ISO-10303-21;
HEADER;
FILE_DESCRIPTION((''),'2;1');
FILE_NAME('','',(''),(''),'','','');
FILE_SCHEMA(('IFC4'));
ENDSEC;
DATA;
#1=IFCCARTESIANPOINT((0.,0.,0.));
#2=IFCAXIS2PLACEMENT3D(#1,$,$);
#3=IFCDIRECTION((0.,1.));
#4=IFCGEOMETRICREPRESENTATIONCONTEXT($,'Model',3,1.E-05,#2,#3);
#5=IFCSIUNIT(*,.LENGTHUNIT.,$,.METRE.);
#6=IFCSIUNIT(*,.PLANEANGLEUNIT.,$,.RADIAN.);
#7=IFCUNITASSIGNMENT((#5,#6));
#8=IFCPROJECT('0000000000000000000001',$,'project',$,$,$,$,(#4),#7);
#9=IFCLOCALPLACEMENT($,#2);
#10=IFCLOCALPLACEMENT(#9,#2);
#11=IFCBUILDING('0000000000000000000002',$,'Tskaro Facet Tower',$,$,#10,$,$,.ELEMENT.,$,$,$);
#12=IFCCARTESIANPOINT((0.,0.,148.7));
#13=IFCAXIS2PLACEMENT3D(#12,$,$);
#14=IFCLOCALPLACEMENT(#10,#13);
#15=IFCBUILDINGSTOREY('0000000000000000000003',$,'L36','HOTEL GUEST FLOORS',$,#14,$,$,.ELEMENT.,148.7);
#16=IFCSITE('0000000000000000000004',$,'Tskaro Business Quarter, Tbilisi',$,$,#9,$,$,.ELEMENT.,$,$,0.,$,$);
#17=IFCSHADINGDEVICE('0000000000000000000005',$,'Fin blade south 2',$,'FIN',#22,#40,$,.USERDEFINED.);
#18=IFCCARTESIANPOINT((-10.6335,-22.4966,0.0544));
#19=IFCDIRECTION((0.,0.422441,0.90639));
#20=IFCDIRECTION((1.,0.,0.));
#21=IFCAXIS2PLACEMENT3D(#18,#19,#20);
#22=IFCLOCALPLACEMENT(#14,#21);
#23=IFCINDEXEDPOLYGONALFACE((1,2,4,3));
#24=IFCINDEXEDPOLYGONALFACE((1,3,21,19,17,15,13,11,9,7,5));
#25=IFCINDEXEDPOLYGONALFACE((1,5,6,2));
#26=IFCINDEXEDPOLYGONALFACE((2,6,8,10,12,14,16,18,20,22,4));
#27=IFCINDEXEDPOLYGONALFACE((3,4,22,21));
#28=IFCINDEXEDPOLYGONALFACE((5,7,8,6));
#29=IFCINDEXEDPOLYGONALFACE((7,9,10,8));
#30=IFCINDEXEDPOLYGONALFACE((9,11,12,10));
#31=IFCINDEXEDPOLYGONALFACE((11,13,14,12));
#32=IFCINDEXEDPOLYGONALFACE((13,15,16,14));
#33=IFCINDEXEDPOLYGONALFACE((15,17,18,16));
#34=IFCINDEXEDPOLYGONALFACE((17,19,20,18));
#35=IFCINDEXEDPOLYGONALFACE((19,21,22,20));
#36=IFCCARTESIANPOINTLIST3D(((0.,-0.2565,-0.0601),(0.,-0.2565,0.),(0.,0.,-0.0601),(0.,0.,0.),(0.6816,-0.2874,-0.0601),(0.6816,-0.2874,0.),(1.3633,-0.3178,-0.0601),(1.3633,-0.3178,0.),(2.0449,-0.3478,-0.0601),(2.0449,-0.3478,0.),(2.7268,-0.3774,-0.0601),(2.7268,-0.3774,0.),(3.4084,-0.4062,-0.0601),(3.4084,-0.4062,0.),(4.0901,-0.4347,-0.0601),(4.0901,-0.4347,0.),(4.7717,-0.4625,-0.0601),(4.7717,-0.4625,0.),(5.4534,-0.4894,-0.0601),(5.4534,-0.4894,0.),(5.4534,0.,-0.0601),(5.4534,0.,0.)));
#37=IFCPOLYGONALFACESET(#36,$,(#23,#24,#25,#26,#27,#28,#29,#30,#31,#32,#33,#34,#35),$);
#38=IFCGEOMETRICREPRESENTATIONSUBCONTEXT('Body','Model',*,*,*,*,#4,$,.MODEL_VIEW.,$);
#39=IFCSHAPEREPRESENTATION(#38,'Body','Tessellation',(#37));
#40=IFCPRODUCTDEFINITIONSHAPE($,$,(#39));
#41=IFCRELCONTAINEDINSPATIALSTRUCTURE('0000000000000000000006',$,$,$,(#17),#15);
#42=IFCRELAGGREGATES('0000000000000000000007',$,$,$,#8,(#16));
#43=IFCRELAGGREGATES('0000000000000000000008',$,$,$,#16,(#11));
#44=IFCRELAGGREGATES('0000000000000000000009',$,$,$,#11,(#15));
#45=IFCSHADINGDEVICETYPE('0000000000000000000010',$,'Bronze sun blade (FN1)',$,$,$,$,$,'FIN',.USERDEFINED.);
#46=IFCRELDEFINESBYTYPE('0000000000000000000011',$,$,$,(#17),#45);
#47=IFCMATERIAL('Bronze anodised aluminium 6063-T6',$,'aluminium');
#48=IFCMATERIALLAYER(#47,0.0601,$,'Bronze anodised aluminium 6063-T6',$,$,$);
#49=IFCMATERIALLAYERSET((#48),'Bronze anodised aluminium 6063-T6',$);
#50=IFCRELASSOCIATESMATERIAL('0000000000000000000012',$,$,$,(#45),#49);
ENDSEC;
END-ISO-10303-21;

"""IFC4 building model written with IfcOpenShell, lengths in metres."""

from ifc_helpers import new_model, si_unit, direction, frame, origin, place, context, subcontext, project, spatial, polyline, outline, extrude, material, layer, layer_set, type_object, element, save


model = new_model("IFC4")

# Units and contexts
model_context = context("Model", 3, precision=1e-05, world=origin(), true_north=direction((0.0, 1.0)))
body_context = subcontext(model_context, "Body", "Model", "MODEL_VIEW")
ifc_project = project(units=[si_unit("LENGTHUNIT", "METRE"), si_unit("PLANEANGLEUNIT", "RADIAN")], contexts=[model_context])

# Site, building, storey
site_placement = place(None, origin())
site = spatial("IfcSite", under=ifc_project, at=site_placement, Name="Tskaro Business Quarter, Tbilisi", CompositionType="ELEMENT", RefElevation=0.0)
building_placement = place(site_placement, origin())
building = spatial("IfcBuilding", under=site, at=building_placement, Name="Tskaro Facet Tower", CompositionType="ELEMENT")
storey_placement = place(building_placement, frame((0.0, 0.0, 148.7)))
storey = spatial("IfcBuildingStorey", under=building, at=storey_placement, Name="L36", Description="HOTEL GUEST FLOORS", CompositionType="ELEMENT", Elevation=148.7)

# Shared definitions
ifc_material_1 = material(Name="Bronze anodised aluminium 6063-T6", Category="aluminium")

# Shading device
ifc_layer_1 = layer(ifc_material_1, 0.0601, Name="Bronze anodised aluminium 6063-T6")
ifc_layer_set_1 = layer_set([ifc_layer_1], Name="Bronze anodised aluminium 6063-T6")
shading_device_type = type_object("IfcShadingDeviceType", Name="Bronze sun blade (FN1)", ElementType="FIN", PredefinedType="USERDEFINED", material=ifc_layer_set_1)
shading_device_1_placement = place(storey_placement, frame((-10.6335, -22.4966, 0.0544), z_axis=(0.0, 0.422441, 0.90639), x_axis=(1.0, 0.0, 0.0)))
element("IfcShadingDevice", 1, at=shading_device_1_placement, inside=storey, type_object=shading_device_type, Name="Fin blade south 2", ObjectType="FIN", PredefinedType="USERDEFINED", context=body_context, shape_type="SweptSolid", body=[
    extrude(outline(polyline([(0.0, 0.0), (5.4534, 0.0), (5.4534, -0.4894), (4.7717, -0.4625), (4.0901, -0.4347), (3.4084, -0.4062), (2.7268, -0.3774), (2.0449, -0.3478), (1.3633, -0.3178), (0.6816, -0.2874), (0.0, -0.2565), (0.0, 0.0)])), origin(), (0.0, 0.0, -1.0), 0.0601),
])

save(model, "model.ifc")
